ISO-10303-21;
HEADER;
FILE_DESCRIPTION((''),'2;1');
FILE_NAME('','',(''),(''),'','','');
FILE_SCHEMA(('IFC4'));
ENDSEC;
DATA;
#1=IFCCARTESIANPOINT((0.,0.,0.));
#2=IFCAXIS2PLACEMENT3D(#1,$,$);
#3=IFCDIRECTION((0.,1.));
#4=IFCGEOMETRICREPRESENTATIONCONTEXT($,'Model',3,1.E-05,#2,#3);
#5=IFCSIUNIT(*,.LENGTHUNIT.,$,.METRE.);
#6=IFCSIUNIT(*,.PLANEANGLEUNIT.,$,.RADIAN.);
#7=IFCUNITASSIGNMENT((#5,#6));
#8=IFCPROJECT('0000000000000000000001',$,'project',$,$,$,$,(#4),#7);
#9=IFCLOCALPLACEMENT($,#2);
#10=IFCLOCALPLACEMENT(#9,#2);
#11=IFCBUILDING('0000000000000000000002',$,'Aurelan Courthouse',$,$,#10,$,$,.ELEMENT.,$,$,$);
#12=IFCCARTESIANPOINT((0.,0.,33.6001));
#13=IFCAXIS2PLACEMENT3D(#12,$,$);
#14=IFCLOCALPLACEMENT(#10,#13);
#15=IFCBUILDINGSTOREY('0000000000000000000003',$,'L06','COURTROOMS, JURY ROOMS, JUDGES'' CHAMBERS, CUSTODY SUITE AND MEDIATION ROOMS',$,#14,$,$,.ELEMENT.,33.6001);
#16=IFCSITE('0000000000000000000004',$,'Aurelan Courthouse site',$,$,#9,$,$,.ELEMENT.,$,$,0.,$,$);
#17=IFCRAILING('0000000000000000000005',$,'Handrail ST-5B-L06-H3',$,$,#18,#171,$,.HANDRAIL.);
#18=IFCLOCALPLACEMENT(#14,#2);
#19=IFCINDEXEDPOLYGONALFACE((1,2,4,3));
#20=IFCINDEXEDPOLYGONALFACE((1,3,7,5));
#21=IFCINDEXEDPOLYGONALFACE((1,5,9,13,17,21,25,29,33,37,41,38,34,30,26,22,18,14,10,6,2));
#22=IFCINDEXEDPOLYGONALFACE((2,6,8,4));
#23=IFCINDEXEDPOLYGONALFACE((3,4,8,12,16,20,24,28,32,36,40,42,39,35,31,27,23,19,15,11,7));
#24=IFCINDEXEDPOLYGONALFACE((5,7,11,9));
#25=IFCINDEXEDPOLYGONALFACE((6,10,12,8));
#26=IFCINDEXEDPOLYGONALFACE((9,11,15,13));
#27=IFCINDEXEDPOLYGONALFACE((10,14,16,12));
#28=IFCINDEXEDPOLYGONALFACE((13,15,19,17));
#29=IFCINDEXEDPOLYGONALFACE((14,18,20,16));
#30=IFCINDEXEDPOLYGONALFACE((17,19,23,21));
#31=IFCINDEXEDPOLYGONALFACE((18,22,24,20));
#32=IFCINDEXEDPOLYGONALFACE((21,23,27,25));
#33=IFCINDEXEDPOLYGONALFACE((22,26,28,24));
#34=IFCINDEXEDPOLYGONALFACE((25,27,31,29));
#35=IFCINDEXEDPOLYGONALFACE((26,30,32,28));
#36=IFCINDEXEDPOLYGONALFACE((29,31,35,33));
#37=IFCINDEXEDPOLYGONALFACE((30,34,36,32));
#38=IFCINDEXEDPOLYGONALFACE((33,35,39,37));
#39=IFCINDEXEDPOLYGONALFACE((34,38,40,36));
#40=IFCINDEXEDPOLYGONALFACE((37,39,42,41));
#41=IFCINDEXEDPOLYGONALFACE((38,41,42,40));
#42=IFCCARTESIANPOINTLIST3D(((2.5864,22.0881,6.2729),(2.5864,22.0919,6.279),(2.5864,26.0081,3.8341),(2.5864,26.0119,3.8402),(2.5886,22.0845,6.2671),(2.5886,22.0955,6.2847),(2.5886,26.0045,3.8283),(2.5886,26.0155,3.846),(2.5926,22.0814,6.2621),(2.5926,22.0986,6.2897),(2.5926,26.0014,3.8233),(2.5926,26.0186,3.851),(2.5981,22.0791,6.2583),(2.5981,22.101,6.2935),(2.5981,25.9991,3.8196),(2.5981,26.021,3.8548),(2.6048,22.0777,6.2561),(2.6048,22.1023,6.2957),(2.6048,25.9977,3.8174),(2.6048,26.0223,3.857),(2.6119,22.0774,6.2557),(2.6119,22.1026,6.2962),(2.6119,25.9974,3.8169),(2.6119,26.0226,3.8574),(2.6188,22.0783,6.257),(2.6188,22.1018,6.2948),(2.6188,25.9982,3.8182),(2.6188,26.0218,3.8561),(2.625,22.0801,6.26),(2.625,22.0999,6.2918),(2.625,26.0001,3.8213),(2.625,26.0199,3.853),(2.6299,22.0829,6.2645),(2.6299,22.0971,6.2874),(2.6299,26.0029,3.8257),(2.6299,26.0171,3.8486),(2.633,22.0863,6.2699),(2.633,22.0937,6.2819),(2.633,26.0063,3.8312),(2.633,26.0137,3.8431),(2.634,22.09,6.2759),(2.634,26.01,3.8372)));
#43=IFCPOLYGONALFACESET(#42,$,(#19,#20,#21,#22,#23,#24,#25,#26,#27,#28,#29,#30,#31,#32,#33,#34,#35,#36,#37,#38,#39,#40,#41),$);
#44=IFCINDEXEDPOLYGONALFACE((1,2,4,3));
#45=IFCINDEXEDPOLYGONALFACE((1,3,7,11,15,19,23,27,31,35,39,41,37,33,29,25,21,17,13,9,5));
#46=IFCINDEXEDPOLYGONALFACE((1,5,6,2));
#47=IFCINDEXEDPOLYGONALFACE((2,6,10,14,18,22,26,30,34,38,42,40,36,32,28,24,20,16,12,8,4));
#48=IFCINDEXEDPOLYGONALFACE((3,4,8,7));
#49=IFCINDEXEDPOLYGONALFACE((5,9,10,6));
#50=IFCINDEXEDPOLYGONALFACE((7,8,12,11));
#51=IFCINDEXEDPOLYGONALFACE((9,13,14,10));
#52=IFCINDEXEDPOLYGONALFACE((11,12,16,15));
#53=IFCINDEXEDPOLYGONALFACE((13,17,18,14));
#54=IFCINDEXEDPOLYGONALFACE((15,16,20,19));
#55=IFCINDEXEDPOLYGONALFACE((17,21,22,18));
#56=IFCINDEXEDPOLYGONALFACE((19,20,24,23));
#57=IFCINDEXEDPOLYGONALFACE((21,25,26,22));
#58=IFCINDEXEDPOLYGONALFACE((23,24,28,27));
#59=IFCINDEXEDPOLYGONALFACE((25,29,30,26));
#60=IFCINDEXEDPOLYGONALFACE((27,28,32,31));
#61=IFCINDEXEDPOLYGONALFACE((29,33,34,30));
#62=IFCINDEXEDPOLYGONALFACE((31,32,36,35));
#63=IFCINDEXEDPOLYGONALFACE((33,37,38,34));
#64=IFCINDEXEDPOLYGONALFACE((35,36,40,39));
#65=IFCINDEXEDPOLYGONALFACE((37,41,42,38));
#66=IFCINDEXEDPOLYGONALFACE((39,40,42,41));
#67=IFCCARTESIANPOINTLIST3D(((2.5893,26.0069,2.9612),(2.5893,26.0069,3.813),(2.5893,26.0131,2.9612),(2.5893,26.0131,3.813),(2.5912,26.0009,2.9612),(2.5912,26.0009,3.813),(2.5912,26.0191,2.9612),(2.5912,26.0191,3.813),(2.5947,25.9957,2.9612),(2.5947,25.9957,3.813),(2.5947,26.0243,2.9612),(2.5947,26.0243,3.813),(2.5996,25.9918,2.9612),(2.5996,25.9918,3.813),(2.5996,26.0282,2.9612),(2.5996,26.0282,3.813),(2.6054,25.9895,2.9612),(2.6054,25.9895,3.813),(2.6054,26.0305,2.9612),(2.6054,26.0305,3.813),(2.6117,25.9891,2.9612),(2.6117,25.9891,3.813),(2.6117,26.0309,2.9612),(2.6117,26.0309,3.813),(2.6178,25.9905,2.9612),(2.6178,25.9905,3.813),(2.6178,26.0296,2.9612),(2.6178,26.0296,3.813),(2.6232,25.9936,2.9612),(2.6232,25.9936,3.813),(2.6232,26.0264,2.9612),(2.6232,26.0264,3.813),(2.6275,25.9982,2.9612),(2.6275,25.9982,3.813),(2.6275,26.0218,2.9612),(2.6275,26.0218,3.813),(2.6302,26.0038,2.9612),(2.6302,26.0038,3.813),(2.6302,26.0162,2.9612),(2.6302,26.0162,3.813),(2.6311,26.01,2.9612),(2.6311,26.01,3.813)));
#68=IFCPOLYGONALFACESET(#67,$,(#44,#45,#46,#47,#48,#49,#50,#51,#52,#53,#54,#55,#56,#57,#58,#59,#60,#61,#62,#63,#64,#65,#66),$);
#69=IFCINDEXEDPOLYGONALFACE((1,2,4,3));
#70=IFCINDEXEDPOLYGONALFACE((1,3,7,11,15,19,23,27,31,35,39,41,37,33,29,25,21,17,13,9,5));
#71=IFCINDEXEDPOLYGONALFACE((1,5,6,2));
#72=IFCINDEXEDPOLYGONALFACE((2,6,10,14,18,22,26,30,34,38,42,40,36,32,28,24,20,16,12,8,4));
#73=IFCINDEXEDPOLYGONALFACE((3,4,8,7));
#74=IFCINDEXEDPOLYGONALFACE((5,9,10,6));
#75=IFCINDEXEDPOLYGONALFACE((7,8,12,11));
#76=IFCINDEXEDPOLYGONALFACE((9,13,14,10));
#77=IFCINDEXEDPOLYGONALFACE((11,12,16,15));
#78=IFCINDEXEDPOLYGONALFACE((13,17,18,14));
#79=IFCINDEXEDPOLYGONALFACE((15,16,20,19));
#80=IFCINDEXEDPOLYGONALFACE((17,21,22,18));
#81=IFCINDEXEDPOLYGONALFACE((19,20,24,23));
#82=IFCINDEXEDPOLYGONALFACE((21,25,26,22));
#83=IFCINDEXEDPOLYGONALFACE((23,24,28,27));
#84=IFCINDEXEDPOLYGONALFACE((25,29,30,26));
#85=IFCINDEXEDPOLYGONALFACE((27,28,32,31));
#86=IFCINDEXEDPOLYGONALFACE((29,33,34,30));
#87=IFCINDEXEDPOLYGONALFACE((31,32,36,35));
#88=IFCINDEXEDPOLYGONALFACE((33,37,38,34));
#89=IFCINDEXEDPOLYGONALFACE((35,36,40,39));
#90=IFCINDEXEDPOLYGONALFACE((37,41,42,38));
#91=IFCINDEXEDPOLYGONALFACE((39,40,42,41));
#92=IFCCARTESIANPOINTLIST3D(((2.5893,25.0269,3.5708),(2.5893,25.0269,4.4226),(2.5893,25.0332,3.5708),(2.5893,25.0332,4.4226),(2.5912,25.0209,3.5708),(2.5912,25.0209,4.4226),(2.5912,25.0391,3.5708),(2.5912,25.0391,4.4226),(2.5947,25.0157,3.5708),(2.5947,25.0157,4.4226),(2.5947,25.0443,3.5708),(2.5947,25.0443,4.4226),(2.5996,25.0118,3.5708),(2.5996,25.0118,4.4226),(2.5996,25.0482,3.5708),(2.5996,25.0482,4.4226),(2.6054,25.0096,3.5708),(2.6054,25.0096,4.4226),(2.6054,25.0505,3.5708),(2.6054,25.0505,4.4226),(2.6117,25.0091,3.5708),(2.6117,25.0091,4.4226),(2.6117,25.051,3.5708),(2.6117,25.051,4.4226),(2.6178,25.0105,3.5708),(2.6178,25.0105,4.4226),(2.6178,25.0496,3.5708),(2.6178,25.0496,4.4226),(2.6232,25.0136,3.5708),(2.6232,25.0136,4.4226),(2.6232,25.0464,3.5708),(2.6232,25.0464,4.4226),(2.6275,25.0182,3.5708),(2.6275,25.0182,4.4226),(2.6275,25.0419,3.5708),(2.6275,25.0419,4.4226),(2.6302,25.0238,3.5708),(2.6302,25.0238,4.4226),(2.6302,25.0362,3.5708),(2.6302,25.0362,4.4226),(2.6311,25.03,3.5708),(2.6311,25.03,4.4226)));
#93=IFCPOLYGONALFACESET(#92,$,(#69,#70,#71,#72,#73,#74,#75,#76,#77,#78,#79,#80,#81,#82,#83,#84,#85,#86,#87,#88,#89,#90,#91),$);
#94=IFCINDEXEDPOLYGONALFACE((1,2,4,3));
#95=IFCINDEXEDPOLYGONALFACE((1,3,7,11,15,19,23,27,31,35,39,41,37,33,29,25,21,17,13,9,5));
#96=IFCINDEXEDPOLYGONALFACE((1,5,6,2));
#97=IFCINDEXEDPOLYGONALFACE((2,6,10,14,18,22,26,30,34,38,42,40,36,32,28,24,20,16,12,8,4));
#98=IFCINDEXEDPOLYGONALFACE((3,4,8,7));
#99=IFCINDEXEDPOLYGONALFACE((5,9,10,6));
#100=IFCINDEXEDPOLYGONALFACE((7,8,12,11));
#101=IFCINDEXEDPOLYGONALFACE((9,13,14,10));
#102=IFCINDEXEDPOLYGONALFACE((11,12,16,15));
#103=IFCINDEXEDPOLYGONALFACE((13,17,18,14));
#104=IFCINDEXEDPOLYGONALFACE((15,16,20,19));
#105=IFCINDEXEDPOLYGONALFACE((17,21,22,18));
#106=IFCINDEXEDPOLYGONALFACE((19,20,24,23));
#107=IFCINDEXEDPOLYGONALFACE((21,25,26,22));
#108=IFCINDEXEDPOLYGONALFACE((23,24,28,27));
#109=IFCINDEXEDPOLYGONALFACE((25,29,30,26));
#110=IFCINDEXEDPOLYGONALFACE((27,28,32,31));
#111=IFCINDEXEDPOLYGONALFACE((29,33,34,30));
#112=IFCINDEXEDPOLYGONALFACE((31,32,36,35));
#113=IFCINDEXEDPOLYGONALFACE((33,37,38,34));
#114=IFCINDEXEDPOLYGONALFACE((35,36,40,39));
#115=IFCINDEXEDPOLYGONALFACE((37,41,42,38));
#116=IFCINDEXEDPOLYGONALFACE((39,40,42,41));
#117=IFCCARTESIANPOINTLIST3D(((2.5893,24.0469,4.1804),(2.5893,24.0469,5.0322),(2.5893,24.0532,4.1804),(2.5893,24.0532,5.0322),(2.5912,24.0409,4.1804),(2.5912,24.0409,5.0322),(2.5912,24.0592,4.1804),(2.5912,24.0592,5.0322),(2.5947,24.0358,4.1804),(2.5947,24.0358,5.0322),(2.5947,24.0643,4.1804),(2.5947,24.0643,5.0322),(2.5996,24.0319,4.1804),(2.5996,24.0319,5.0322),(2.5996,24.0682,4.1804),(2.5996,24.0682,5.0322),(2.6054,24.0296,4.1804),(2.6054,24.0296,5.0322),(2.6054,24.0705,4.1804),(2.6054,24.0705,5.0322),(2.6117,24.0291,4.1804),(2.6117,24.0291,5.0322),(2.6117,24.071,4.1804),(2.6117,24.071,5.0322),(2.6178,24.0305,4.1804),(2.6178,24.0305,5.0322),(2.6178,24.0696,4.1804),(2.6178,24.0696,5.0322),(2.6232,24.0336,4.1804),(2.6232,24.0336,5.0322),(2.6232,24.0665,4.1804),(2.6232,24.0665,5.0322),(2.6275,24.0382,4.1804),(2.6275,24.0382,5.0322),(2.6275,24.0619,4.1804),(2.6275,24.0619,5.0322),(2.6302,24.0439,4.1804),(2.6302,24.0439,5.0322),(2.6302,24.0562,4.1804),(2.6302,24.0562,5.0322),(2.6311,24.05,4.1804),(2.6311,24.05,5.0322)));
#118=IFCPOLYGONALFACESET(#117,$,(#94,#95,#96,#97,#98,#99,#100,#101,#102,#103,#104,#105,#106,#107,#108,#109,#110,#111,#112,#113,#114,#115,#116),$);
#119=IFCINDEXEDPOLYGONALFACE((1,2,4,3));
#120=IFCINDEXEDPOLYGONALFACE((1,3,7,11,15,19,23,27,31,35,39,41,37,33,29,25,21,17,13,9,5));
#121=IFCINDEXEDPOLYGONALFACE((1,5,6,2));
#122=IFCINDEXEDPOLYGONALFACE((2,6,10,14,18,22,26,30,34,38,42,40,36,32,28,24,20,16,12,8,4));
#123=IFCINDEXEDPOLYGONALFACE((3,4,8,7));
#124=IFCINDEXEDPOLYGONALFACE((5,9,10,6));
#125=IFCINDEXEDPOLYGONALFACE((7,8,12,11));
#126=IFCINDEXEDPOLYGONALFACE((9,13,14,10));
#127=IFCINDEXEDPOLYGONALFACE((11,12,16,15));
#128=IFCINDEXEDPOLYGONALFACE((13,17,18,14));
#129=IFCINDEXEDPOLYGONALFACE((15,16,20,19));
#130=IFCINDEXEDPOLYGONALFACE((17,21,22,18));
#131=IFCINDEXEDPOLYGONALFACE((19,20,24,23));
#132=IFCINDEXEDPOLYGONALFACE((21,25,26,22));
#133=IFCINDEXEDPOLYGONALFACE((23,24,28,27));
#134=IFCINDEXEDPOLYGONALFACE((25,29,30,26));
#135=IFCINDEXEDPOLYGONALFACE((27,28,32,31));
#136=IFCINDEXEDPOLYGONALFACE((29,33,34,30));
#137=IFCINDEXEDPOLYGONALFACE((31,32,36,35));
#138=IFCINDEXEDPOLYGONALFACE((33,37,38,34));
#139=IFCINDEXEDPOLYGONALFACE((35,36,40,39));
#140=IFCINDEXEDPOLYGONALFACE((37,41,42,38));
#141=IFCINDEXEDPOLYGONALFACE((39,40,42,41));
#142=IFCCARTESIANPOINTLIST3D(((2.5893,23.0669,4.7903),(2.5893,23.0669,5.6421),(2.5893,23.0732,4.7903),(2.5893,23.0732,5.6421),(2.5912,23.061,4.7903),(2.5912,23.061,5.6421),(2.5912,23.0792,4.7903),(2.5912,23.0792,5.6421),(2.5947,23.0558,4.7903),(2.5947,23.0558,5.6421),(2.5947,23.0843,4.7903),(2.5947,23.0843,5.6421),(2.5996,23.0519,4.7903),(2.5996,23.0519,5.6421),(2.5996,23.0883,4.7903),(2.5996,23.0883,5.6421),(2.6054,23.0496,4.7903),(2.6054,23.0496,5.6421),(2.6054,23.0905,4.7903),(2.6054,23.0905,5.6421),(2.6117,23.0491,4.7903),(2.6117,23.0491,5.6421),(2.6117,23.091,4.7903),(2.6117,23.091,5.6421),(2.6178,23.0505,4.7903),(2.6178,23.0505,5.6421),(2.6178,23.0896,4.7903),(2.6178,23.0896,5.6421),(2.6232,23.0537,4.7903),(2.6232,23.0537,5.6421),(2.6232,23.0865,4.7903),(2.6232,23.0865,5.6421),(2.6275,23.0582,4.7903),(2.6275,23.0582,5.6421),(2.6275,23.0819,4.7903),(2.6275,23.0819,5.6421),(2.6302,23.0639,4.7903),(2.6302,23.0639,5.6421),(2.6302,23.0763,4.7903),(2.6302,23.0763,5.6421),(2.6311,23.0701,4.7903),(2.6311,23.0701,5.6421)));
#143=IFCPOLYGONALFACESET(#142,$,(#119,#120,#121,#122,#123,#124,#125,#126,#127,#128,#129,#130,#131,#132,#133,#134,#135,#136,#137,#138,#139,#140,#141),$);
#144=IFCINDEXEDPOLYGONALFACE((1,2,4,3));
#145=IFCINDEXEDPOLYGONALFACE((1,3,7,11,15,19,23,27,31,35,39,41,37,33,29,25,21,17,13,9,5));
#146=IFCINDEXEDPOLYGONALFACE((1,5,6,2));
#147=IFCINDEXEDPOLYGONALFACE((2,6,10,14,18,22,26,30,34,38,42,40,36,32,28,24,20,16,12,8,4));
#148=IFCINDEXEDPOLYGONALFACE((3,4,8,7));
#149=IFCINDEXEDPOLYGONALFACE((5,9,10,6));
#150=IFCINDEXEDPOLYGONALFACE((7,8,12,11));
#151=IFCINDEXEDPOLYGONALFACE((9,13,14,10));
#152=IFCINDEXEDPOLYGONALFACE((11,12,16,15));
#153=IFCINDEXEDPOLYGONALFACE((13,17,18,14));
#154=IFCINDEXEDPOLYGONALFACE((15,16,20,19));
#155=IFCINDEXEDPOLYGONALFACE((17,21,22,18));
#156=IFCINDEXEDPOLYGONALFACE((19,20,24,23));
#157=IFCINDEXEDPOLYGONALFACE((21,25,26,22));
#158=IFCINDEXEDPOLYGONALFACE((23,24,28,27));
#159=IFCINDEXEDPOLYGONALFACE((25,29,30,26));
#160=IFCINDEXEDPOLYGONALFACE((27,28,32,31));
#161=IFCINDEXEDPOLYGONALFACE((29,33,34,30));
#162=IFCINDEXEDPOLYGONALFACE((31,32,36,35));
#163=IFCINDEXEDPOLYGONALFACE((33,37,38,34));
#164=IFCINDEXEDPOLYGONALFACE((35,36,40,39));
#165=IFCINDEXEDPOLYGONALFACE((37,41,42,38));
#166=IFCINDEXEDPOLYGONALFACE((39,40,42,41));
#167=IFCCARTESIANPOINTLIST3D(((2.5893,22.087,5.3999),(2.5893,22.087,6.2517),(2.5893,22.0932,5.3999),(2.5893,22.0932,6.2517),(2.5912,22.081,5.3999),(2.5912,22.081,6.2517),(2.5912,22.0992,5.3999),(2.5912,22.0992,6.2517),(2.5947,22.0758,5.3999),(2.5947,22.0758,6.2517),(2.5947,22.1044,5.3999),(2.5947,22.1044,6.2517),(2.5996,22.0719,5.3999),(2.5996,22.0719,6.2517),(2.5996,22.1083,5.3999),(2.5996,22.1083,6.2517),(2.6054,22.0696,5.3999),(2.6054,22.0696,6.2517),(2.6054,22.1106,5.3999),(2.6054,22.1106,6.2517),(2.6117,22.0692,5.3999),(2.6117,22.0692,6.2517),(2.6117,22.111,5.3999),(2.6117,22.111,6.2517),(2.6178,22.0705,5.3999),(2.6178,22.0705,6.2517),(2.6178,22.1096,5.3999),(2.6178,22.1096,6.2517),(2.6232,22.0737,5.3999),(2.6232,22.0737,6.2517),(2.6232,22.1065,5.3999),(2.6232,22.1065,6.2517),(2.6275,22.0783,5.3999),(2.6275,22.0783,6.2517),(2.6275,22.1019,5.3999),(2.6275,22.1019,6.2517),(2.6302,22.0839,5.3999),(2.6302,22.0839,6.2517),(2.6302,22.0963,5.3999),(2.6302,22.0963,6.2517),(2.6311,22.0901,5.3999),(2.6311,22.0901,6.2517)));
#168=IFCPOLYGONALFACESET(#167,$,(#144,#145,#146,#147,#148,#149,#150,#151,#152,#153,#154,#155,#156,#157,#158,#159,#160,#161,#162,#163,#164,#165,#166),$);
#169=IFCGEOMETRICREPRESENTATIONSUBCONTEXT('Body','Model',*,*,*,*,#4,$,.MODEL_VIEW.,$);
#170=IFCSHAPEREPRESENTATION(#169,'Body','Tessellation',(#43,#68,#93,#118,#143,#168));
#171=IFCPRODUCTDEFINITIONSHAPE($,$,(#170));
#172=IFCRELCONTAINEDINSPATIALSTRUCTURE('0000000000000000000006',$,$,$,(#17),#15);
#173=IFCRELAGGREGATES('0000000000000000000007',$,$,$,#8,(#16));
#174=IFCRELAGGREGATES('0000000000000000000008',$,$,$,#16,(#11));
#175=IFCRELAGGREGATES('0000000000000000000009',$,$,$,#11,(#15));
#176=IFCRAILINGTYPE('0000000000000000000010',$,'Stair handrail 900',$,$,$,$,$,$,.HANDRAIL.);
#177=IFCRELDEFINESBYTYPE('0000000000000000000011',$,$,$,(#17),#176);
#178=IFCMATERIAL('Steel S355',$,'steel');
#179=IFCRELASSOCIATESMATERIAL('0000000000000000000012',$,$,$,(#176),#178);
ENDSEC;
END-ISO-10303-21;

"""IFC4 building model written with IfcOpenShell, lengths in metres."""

from ifc_helpers import new_model, si_unit, direction, frame, origin, origin_2d, place, context, subcontext, project, spatial, circle, extrude, material, type_object, element, save


model = new_model("IFC4")

# Units and contexts
model_context = context("Model", 3, precision=1e-05, world=origin(), true_north=direction((0.0, 1.0)))
body_context = subcontext(model_context, "Body", "Model", "MODEL_VIEW")
ifc_project = project(units=[si_unit("LENGTHUNIT", "METRE"), si_unit("PLANEANGLEUNIT", "RADIAN")], contexts=[model_context])

# Site, building, storey
site_placement = place(None, origin())
site = spatial("IfcSite", under=ifc_project, at=site_placement, Name="Aurelan Courthouse site", CompositionType="ELEMENT", RefElevation=0.0)
building_placement = place(site_placement, origin())
building = spatial("IfcBuilding", under=site, at=building_placement, Name="Aurelan Courthouse", CompositionType="ELEMENT")
storey_placement = place(building_placement, frame((0.0, 0.0, 33.6001)))
storey = spatial("IfcBuildingStorey", under=building, at=storey_placement, Name="L06", Description="COURTROOMS, JURY ROOMS, JUDGES' CHAMBERS, CUSTODY SUITE AND MEDIATION ROOMS", CompositionType="ELEMENT", Elevation=33.6001)

# Railing
ifc_material_1 = material(Name="Steel S355", Category="steel")
railing_type_1 = type_object("IfcRailingType", Name="Stair handrail 900", PredefinedType="HANDRAIL", material=ifc_material_1)
for number, where, name in (
    (1, (2.6101, 26.01, 2.9612), "Handrail ST-5B-L06-H3"),
):
    element("IfcRailing", number, at=place(storey_placement, frame(where)), inside=storey, type_object=railing_type_1, Name=name, PredefinedType="HANDRAIL", context=body_context, shape_type="SweptSolid", body=[
        extrude(circle(Radius=0.0239, at=origin_2d()), frame((0.0, 0.0, 0.876), z_axis=(0.0, -0.84909, 0.528249), x_axis=(1.0, 0.0, 0.0)), (0.0, 0.0, 1.0), 4.6167),
        extrude(circle(Radius=0.021, at=origin_2d()), origin(), (0.0, 0.0, 1.0), 0.8518),
        extrude(circle(Radius=0.021, at=origin_2d()), frame((0.0, -0.98, 0.6096)), (0.0, 0.0, 1.0), 0.8518),
        extrude(circle(Radius=0.021, at=origin_2d()), frame((0.0, -1.96, 1.2192)), (0.0, 0.0, 1.0), 0.8518),
        extrude(circle(Radius=0.021, at=origin_2d()), frame((0.0, -2.9399, 1.8291)), (0.0, 0.0, 1.0), 0.8518),
        extrude(circle(Radius=0.021, at=origin_2d()), frame((0.0, -3.9199, 2.4387)), (0.0, 0.0, 1.0), 0.8518),
    ])

save(model, "model.ifc")
